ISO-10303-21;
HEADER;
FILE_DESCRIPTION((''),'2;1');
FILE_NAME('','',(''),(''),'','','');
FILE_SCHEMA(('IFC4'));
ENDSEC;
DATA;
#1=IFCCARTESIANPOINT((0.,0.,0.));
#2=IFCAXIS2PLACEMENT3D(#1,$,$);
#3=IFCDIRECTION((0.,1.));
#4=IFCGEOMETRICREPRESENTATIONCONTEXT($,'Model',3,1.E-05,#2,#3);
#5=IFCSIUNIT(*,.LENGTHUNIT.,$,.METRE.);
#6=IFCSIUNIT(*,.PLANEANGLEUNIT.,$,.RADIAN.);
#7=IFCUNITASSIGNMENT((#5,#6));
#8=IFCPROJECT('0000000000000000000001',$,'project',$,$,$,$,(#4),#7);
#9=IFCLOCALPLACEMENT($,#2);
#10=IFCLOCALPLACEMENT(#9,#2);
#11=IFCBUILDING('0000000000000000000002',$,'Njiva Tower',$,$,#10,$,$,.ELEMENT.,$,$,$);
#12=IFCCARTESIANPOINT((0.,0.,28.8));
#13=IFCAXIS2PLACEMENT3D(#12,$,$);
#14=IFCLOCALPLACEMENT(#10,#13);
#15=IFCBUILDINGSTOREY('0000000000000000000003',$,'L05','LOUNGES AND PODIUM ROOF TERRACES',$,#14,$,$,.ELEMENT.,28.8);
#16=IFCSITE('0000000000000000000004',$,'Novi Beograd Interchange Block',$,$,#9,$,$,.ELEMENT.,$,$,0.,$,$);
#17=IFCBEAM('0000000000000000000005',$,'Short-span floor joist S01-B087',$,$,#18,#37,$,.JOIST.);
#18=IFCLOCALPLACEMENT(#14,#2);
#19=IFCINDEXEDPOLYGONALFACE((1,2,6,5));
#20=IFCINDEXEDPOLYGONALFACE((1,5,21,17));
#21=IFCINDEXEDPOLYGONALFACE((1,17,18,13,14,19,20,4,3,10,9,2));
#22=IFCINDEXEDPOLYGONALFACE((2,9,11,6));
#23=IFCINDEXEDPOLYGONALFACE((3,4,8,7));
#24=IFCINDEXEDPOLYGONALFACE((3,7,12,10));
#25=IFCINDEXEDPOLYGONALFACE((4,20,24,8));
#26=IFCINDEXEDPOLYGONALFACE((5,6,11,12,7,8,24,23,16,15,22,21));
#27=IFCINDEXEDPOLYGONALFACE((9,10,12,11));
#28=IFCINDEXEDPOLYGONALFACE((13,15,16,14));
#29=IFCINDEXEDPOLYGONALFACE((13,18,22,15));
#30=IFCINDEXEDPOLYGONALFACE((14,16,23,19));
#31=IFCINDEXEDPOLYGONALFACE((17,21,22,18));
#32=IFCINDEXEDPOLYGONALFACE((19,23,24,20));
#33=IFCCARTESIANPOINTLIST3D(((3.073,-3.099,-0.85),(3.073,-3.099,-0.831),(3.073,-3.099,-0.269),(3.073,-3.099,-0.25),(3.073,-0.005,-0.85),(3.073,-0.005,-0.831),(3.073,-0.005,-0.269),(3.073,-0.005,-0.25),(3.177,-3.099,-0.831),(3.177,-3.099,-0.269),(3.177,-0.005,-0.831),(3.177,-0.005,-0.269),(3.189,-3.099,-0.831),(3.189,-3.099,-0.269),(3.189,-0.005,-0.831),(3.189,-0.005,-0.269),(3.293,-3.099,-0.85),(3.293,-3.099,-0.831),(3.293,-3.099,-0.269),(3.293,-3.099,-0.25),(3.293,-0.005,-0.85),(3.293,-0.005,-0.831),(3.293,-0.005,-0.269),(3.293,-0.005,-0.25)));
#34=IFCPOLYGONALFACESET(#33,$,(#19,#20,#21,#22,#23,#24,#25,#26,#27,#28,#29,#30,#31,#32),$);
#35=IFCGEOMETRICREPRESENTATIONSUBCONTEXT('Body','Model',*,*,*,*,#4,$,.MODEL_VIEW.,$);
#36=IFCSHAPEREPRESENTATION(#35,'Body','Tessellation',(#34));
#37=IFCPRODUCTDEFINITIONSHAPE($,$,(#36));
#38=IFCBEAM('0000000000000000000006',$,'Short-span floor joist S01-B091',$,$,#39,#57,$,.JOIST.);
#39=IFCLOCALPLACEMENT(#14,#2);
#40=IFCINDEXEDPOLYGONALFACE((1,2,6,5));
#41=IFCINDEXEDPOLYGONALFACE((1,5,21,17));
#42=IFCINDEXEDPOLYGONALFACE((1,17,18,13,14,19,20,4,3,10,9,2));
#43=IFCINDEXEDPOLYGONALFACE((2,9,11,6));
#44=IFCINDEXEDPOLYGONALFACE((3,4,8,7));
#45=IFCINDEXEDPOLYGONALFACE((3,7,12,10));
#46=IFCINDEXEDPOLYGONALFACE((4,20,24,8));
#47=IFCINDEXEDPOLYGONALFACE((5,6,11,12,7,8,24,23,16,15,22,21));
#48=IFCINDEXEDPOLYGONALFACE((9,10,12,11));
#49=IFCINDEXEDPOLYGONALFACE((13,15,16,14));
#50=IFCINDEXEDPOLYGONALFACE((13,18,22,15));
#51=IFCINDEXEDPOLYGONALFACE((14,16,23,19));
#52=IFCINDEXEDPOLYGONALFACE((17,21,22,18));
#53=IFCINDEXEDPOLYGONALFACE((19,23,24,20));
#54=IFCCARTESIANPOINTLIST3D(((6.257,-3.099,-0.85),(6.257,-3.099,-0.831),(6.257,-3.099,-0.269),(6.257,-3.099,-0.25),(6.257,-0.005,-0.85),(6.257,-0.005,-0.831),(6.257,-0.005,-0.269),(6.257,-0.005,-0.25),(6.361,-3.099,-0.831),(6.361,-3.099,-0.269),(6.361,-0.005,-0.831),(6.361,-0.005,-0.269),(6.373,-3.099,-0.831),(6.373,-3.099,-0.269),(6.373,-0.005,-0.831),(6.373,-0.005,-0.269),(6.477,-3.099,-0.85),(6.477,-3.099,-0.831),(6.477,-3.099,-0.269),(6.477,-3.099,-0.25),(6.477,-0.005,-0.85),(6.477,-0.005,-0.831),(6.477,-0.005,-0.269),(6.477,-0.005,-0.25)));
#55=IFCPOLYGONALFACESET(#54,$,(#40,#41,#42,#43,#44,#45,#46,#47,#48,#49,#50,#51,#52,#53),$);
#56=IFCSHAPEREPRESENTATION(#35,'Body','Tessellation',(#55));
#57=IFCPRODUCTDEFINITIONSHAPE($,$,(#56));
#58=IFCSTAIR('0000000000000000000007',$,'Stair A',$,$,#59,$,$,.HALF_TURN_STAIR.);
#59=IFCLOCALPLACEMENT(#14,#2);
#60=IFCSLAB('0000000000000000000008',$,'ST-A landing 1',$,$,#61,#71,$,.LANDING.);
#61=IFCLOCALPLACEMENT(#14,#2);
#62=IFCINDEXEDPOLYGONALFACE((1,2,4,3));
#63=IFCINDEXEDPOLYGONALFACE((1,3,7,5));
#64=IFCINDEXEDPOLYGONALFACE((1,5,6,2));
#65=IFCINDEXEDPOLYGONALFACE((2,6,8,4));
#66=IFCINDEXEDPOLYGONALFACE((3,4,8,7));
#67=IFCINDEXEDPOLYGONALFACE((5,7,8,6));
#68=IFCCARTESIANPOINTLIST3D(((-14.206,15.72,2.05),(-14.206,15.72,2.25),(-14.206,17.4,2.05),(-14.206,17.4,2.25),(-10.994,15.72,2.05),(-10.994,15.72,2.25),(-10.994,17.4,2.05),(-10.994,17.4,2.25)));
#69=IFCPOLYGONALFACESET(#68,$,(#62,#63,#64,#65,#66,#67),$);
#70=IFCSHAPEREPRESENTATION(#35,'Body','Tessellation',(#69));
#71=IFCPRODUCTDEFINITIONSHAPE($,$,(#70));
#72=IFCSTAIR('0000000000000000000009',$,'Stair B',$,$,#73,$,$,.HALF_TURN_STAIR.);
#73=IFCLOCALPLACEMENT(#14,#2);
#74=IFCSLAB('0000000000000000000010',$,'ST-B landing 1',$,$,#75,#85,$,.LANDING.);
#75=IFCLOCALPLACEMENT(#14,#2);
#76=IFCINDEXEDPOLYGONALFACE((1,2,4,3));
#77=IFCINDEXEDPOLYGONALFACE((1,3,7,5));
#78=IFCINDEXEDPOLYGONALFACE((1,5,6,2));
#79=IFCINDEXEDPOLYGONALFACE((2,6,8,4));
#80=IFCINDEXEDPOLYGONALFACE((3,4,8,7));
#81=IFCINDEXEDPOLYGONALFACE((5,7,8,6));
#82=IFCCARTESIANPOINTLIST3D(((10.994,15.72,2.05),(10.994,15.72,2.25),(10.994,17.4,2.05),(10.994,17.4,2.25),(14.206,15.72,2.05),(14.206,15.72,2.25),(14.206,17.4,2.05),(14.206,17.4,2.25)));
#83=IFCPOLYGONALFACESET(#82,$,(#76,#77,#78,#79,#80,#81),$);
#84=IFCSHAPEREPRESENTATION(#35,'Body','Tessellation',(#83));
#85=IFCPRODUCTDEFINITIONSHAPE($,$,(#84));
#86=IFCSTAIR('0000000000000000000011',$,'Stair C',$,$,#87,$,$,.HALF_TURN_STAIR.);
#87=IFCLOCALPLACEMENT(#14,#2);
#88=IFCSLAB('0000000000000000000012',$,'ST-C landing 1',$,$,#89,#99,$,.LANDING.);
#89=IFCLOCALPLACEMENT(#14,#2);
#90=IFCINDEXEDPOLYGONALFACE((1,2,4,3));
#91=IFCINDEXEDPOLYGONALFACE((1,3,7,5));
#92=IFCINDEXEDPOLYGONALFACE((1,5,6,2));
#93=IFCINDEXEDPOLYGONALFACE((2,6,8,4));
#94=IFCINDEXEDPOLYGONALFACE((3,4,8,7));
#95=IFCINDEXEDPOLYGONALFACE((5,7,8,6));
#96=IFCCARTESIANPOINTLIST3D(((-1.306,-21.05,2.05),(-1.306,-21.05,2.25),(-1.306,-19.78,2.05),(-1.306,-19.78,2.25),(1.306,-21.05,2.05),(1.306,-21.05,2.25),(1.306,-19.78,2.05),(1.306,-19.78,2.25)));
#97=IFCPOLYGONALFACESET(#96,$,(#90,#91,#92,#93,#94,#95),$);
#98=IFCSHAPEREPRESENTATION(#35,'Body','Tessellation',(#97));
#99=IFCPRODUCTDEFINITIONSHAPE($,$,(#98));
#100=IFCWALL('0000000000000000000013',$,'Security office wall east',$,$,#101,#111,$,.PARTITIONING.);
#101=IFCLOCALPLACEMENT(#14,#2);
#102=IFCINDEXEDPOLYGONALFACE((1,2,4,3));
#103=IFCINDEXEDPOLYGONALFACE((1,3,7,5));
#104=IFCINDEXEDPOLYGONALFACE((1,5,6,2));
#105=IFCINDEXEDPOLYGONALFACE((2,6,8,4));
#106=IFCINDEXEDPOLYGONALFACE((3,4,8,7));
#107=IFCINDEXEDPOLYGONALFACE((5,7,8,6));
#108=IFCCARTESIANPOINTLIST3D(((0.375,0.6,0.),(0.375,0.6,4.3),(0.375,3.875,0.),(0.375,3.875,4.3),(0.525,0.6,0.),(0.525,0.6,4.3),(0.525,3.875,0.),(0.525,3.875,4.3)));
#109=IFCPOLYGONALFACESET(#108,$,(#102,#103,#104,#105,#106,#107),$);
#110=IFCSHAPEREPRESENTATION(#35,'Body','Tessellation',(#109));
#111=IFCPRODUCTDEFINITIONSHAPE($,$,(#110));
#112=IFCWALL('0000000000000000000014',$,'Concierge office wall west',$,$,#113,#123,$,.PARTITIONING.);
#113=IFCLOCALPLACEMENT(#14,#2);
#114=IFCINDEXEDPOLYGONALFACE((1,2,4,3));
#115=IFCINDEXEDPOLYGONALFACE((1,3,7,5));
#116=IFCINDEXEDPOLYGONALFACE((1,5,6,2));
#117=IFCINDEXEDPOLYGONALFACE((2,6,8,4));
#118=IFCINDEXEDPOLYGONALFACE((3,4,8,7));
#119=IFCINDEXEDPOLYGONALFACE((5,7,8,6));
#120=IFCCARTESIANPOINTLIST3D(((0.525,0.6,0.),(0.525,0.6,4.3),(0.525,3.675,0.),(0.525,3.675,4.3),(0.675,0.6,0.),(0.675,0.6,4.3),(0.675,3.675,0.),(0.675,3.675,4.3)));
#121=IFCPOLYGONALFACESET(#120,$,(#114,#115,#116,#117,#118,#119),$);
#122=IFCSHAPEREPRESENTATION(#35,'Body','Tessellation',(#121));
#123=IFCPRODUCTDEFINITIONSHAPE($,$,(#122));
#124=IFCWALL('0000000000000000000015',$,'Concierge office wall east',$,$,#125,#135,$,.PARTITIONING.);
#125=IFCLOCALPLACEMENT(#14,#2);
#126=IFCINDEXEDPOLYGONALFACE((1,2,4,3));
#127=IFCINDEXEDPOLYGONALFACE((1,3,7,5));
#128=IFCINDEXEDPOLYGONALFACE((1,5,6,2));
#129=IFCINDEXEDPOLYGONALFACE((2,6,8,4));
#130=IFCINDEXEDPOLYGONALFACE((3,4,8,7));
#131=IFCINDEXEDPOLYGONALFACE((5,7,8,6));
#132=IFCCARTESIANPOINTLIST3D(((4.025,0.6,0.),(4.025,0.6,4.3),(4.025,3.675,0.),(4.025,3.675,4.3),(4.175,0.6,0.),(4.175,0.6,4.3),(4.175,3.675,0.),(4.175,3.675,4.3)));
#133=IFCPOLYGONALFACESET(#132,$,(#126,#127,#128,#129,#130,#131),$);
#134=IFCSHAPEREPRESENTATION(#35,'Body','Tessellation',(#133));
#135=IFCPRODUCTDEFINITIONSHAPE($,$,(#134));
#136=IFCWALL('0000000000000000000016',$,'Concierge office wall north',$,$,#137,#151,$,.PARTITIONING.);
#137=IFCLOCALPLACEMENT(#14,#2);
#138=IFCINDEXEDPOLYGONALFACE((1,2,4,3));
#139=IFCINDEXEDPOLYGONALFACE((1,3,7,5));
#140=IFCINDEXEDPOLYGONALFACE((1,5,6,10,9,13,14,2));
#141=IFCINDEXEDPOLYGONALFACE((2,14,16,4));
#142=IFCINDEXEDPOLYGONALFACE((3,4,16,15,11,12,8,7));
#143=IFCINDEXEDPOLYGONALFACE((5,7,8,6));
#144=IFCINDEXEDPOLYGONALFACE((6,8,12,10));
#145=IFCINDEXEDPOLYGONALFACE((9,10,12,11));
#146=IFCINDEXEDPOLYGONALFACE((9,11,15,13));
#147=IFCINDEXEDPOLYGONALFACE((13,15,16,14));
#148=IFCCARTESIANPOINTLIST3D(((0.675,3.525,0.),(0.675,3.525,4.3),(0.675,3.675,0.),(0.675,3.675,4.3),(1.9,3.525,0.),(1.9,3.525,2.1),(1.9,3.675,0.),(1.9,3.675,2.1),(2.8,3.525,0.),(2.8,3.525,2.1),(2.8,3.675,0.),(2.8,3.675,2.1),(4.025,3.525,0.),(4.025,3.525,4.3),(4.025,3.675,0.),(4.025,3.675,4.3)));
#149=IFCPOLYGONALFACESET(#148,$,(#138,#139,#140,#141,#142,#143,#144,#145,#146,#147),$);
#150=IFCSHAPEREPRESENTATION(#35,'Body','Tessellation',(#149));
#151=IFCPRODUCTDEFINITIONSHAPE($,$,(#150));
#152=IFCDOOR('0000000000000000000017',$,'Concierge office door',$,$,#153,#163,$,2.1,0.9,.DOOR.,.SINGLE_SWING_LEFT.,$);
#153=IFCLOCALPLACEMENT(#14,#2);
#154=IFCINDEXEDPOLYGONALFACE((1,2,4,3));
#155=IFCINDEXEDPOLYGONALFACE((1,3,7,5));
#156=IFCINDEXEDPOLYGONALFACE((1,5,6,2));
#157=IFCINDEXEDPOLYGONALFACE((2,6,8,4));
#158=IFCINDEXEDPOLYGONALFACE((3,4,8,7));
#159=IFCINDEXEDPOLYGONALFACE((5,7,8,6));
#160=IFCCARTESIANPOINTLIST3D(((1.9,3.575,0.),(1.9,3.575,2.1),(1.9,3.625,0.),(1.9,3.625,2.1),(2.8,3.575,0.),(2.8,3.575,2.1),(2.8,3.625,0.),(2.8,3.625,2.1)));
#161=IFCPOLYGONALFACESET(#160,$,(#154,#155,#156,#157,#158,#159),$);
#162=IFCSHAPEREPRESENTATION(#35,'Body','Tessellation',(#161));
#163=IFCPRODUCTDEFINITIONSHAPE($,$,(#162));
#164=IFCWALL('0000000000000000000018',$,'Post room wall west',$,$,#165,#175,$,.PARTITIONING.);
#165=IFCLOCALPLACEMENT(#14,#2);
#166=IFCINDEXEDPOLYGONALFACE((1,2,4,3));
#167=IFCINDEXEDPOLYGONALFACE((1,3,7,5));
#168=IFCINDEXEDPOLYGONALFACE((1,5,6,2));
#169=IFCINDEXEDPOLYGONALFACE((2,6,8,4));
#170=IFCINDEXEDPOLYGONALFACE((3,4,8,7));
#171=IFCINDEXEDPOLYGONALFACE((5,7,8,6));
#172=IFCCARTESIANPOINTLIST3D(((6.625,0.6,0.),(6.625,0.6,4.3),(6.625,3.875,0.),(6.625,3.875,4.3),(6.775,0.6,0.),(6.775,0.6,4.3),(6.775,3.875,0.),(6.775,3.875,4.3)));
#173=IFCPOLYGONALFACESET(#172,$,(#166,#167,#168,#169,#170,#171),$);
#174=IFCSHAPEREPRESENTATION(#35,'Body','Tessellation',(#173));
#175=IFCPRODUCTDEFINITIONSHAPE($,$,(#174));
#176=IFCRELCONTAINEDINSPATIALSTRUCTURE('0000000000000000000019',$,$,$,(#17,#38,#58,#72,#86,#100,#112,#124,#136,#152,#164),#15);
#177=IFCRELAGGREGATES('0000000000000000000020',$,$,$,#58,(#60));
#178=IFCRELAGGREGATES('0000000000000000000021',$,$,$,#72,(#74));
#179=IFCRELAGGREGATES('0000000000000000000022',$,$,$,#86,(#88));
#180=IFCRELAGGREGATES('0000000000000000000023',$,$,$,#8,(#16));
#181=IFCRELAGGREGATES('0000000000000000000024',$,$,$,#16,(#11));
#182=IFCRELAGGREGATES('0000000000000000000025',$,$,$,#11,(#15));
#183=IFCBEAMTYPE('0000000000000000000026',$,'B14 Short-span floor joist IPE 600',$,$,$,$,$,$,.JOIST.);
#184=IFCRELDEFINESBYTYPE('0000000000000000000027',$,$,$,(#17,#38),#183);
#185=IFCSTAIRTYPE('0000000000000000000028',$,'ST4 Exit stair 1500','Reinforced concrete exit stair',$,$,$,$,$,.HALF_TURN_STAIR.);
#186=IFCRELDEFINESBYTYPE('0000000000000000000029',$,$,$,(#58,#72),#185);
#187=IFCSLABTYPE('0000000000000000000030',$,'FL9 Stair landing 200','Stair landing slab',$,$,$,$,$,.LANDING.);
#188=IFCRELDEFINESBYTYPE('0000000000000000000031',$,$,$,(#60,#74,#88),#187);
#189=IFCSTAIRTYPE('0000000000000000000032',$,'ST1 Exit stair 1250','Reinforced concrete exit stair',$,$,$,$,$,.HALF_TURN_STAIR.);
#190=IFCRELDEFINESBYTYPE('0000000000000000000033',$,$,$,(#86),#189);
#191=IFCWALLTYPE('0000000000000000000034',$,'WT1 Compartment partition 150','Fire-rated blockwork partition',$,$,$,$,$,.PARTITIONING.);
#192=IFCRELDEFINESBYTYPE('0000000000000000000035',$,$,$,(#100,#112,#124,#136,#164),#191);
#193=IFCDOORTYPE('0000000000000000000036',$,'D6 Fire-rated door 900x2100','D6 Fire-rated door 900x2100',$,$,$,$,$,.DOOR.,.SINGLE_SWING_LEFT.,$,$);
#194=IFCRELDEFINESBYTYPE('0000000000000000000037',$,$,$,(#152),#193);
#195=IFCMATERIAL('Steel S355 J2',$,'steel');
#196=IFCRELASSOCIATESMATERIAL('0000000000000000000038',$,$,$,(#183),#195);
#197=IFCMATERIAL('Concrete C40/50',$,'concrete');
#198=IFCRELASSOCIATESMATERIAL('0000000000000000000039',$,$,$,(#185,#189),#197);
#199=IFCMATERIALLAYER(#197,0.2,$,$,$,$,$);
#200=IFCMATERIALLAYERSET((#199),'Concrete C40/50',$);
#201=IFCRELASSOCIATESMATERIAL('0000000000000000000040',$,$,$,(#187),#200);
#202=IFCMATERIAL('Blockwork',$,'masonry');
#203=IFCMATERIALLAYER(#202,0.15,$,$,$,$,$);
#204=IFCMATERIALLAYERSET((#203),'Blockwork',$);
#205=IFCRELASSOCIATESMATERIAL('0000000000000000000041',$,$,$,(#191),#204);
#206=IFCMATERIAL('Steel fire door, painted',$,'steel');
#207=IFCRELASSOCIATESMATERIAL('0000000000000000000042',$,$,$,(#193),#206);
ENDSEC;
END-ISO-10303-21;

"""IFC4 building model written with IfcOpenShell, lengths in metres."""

from ifc_helpers import new_model, si_unit, direction, frame, frame_2d, origin, origin_2d, place, context, subcontext, project, spatial, polyline, rectangle, i_section, outline, extrude, material, layer, layer_set, material_profile, profile_set, type_object, element, fill, aggregate, save


model = new_model("IFC4")

# Units and contexts
model_context = context("Model", 3, precision=1e-05, world=origin(), true_north=direction((0.0, 1.0)))
body_context = subcontext(model_context, "Body", "Model", "MODEL_VIEW")
ifc_project = project(units=[si_unit("LENGTHUNIT", "METRE"), si_unit("PLANEANGLEUNIT", "RADIAN")], contexts=[model_context])

# Site, building, storey
site_placement = place(None, origin())
site = spatial("IfcSite", under=ifc_project, at=site_placement, Name="Novi Beograd Interchange Block", CompositionType="ELEMENT", RefElevation=0.0)
building_placement = place(site_placement, origin())
building = spatial("IfcBuilding", under=site, at=building_placement, Name="Njiva Tower", CompositionType="ELEMENT")
storey_placement = place(building_placement, frame((0.0, 0.0, 28.8)))
storey = spatial("IfcBuildingStorey", under=building, at=storey_placement, Name="L05", Description="LOUNGES AND PODIUM ROOF TERRACES", CompositionType="ELEMENT", Elevation=28.8)

# Beams
ifc_material_1 = material(Name="Steel S355 J2", Category="steel")
ifc_material_profile = material_profile(ifc_material_1, i_section(OverallWidth=0.22, OverallDepth=0.6, WebThickness=0.012, FlangeThickness=0.019, at=origin_2d()), Name="IPE 600")
ifc_profile_set = profile_set([ifc_material_profile], Name="Steel S355 J2")
beam_type = type_object("IfcBeamType", Name="B14 Short-span floor joist IPE 600", PredefinedType="JOIST", material=ifc_profile_set)
for number, where, z_axis, x_axis, name in (
    (1, (3.183, -0.005, -0.55), (0.0, -1.0, 0.0), (1.0, 0.0, 0.0), "Short-span floor joist S01-B087"),
    (2, (6.367, -0.005, -0.55), (0.0, -1.0, 0.0), (1.0, 0.0, 0.0), "Short-span floor joist S01-B091"),
):
    element("IfcBeam", number, at=place(storey_placement, frame(where, z_axis=z_axis, x_axis=x_axis)), inside=storey, type_object=beam_type, Name=name, PredefinedType="JOIST", context=body_context, shape_type="SweptSolid", body=[
        extrude(i_section(OverallWidth=0.22, OverallDepth=0.6, WebThickness=0.012, FlangeThickness=0.019, at=origin_2d()), origin(), (0.0, 0.0, 1.0), 3.094),
    ])

# Stairs, slabs
ifc_material_2 = material(Name="Concrete C40/50", Category="concrete")
stair_type_1 = type_object("IfcStairType", Name="ST4 Exit stair 1500", Description="Reinforced concrete exit stair", PredefinedType="HALF_TURN_STAIR", material=ifc_material_2)
stair_1_placement = place(storey_placement, origin())
stair_1 = element("IfcStair", 3, at=stair_1_placement, inside=storey, type_object=stair_type_1, Name="Stair A", PredefinedType="HALF_TURN_STAIR")
ifc_layer_1 = layer(ifc_material_2, 0.2)
ifc_layer_set_1 = layer_set([ifc_layer_1], Name="Concrete C40/50")
slab_type = type_object("IfcSlabType", Name="FL9 Stair landing 200", Description="Stair landing slab", PredefinedType="LANDING", material=ifc_layer_set_1)
slab_1_placement = place(storey_placement, frame((0.0, 0.0, 2.05)))
slab_1 = element("IfcSlab", 4, at=slab_1_placement, type_object=slab_type, Name="ST-A landing 1", PredefinedType="LANDING", context=body_context, shape_type="SweptSolid", body=[
    extrude(outline(polyline([(-14.206, 15.72), (-10.994, 15.72), (-10.994, 17.4), (-14.206, 17.4), (-14.206, 15.72)])), origin(), (0.0, 0.0, 1.0), 0.2),
])
aggregate(stair_1, [slab_1])
stair_2_placement = place(storey_placement, origin())
stair_2 = element("IfcStair", 5, at=stair_2_placement, inside=storey, type_object=stair_type_1, Name="Stair B", PredefinedType="HALF_TURN_STAIR")
slab_2_placement = place(storey_placement, frame((0.0, 0.0, 2.05)))
slab_2 = element("IfcSlab", 6, at=slab_2_placement, type_object=slab_type, Name="ST-B landing 1", PredefinedType="LANDING", context=body_context, shape_type="SweptSolid", body=[
    extrude(outline(polyline([(10.994, 15.72), (14.206, 15.72), (14.206, 17.4), (10.994, 17.4), (10.994, 15.72)])), origin(), (0.0, 0.0, 1.0), 0.2),
])
aggregate(stair_2, [slab_2])
stair_type_2 = type_object("IfcStairType", Name="ST1 Exit stair 1250", Description="Reinforced concrete exit stair", PredefinedType="HALF_TURN_STAIR", material=ifc_material_2)
stair_3_placement = place(storey_placement, origin())
stair_3 = element("IfcStair", 7, at=stair_3_placement, inside=storey, type_object=stair_type_2, Name="Stair C", PredefinedType="HALF_TURN_STAIR")
slab_3_placement = place(storey_placement, frame((0.0, 0.0, 2.05)))
slab_3 = element("IfcSlab", 8, at=slab_3_placement, type_object=slab_type, Name="ST-C landing 1", PredefinedType="LANDING", context=body_context, shape_type="SweptSolid", body=[
    extrude(outline(polyline([(-1.306, -21.05), (1.306, -21.05), (1.306, -19.78), (-1.306, -19.78), (-1.306, -21.05)])), origin(), (0.0, 0.0, 1.0), 0.2),
])
aggregate(stair_3, [slab_3])

# Walls
ifc_material_3 = material(Name="Blockwork", Category="masonry")
ifc_layer_2 = layer(ifc_material_3, 0.15)
ifc_layer_set_2 = layer_set([ifc_layer_2], Name="Blockwork")
wall_type = type_object("IfcWallType", Name="WT1 Compartment partition 150", Description="Fire-rated blockwork partition", PredefinedType="PARTITIONING", material=ifc_layer_set_2)
wall_1_placement = place(storey_placement, frame((0.45, 0.6, 0.0), z_axis=(0.0, 0.0, 1.0), x_axis=(0.0, 1.0, 0.0)))
element("IfcWall", 9, at=wall_1_placement, inside=storey, type_object=wall_type, Name="Security office wall east", PredefinedType="PARTITIONING", context=body_context, shape_type="SweptSolid", body=[
    extrude(rectangle(XDim=3.275, YDim=0.15, at=frame_2d((1.6375, 0.0))), origin(), (0.0, 0.0, 1.0), 4.3),
])
for number, where, z_axis, x_axis, name in (
    (10, (0.6, 0.6, 0.0), (0.0, 0.0, 1.0), (0.0, 1.0, 0.0), "Concierge office wall west"),
    (11, (4.1, 0.6, 0.0), (0.0, 0.0, 1.0), (0.0, 1.0, 0.0), "Concierge office wall east"),
):
    element("IfcWall", number, at=place(storey_placement, frame(where, z_axis=z_axis, x_axis=x_axis)), inside=storey, type_object=wall_type, Name=name, PredefinedType="PARTITIONING", context=body_context, shape_type="SweptSolid", body=[
        extrude(rectangle(XDim=3.075, YDim=0.15, at=frame_2d((1.5375, 0.0))), origin(), (0.0, 0.0, 1.0), 4.3),
    ])

# Wall, opening, door
wall_2_placement = place(storey_placement, frame((0.675, 3.6, 0.0), z_axis=(0.0, 0.0, 1.0), x_axis=(1.0, 0.0, 0.0)))
wall_2 = element("IfcWall", 12, at=wall_2_placement, inside=storey, type_object=wall_type, Name="Concierge office wall north", PredefinedType="PARTITIONING", context=body_context, shape_type="SweptSolid", body=[
    extrude(rectangle(XDim=3.35, YDim=0.15, at=frame_2d((1.675, 0.0))), origin(), (0.0, 0.0, 1.0), 4.3),
])
opening_1_placement = place(wall_2_placement, frame((1.225, 0.0, 0.0)))
opening_1 = element("IfcOpeningElement", 13, at=opening_1_placement, cuts=wall_2, PredefinedType="OPENING", context=body_context, shape_type="SweptSolid", body=[
    extrude(rectangle(XDim=0.9, YDim=2.1, at=frame_2d((0.45, 1.05))), frame((0.0, 0.085, 0.0), z_axis=(0.0, -1.0, 0.0), x_axis=(1.0, 0.0, 0.0)), (0.0, 0.0, 1.0), 0.17),
])
ifc_material_4 = material(Name="Steel fire door, painted", Category="steel")
door_type = type_object("IfcDoorType", Name="D6 Fire-rated door 900x2100", Description="D6 Fire-rated door 900x2100", OperationType="SINGLE_SWING_LEFT", PredefinedType="DOOR", material=ifc_material_4)
door_1_placement = place(opening_1_placement, origin())
door_1 = element("IfcDoor", 14, at=door_1_placement, inside=storey, type_object=door_type, Name="Concierge office door", OperationType="SINGLE_SWING_LEFT", OverallHeight=2.1, OverallWidth=0.9, PredefinedType="DOOR", context=body_context, shape_type="SweptSolid", body=[
    extrude(rectangle(XDim=0.9, YDim=2.1, at=frame_2d((0.45, 1.05))), frame((0.0, 0.025, 0.0), z_axis=(0.0, -1.0, 0.0), x_axis=(1.0, 0.0, 0.0)), (0.0, 0.0, 1.0), 0.05),
])
fill(opening_1, door_1)

# Wall
wall_3_placement = place(storey_placement, frame((6.7, 0.6, 0.0), z_axis=(0.0, 0.0, 1.0), x_axis=(0.0, 1.0, 0.0)))
element("IfcWall", 15, at=wall_3_placement, inside=storey, type_object=wall_type, Name="Post room wall west", PredefinedType="PARTITIONING", context=body_context, shape_type="SweptSolid", body=[
    extrude(rectangle(XDim=3.275, YDim=0.15, at=frame_2d((1.6375, 0.0))), origin(), (0.0, 0.0, 1.0), 4.3),
])

save(model, "model.ifc")
